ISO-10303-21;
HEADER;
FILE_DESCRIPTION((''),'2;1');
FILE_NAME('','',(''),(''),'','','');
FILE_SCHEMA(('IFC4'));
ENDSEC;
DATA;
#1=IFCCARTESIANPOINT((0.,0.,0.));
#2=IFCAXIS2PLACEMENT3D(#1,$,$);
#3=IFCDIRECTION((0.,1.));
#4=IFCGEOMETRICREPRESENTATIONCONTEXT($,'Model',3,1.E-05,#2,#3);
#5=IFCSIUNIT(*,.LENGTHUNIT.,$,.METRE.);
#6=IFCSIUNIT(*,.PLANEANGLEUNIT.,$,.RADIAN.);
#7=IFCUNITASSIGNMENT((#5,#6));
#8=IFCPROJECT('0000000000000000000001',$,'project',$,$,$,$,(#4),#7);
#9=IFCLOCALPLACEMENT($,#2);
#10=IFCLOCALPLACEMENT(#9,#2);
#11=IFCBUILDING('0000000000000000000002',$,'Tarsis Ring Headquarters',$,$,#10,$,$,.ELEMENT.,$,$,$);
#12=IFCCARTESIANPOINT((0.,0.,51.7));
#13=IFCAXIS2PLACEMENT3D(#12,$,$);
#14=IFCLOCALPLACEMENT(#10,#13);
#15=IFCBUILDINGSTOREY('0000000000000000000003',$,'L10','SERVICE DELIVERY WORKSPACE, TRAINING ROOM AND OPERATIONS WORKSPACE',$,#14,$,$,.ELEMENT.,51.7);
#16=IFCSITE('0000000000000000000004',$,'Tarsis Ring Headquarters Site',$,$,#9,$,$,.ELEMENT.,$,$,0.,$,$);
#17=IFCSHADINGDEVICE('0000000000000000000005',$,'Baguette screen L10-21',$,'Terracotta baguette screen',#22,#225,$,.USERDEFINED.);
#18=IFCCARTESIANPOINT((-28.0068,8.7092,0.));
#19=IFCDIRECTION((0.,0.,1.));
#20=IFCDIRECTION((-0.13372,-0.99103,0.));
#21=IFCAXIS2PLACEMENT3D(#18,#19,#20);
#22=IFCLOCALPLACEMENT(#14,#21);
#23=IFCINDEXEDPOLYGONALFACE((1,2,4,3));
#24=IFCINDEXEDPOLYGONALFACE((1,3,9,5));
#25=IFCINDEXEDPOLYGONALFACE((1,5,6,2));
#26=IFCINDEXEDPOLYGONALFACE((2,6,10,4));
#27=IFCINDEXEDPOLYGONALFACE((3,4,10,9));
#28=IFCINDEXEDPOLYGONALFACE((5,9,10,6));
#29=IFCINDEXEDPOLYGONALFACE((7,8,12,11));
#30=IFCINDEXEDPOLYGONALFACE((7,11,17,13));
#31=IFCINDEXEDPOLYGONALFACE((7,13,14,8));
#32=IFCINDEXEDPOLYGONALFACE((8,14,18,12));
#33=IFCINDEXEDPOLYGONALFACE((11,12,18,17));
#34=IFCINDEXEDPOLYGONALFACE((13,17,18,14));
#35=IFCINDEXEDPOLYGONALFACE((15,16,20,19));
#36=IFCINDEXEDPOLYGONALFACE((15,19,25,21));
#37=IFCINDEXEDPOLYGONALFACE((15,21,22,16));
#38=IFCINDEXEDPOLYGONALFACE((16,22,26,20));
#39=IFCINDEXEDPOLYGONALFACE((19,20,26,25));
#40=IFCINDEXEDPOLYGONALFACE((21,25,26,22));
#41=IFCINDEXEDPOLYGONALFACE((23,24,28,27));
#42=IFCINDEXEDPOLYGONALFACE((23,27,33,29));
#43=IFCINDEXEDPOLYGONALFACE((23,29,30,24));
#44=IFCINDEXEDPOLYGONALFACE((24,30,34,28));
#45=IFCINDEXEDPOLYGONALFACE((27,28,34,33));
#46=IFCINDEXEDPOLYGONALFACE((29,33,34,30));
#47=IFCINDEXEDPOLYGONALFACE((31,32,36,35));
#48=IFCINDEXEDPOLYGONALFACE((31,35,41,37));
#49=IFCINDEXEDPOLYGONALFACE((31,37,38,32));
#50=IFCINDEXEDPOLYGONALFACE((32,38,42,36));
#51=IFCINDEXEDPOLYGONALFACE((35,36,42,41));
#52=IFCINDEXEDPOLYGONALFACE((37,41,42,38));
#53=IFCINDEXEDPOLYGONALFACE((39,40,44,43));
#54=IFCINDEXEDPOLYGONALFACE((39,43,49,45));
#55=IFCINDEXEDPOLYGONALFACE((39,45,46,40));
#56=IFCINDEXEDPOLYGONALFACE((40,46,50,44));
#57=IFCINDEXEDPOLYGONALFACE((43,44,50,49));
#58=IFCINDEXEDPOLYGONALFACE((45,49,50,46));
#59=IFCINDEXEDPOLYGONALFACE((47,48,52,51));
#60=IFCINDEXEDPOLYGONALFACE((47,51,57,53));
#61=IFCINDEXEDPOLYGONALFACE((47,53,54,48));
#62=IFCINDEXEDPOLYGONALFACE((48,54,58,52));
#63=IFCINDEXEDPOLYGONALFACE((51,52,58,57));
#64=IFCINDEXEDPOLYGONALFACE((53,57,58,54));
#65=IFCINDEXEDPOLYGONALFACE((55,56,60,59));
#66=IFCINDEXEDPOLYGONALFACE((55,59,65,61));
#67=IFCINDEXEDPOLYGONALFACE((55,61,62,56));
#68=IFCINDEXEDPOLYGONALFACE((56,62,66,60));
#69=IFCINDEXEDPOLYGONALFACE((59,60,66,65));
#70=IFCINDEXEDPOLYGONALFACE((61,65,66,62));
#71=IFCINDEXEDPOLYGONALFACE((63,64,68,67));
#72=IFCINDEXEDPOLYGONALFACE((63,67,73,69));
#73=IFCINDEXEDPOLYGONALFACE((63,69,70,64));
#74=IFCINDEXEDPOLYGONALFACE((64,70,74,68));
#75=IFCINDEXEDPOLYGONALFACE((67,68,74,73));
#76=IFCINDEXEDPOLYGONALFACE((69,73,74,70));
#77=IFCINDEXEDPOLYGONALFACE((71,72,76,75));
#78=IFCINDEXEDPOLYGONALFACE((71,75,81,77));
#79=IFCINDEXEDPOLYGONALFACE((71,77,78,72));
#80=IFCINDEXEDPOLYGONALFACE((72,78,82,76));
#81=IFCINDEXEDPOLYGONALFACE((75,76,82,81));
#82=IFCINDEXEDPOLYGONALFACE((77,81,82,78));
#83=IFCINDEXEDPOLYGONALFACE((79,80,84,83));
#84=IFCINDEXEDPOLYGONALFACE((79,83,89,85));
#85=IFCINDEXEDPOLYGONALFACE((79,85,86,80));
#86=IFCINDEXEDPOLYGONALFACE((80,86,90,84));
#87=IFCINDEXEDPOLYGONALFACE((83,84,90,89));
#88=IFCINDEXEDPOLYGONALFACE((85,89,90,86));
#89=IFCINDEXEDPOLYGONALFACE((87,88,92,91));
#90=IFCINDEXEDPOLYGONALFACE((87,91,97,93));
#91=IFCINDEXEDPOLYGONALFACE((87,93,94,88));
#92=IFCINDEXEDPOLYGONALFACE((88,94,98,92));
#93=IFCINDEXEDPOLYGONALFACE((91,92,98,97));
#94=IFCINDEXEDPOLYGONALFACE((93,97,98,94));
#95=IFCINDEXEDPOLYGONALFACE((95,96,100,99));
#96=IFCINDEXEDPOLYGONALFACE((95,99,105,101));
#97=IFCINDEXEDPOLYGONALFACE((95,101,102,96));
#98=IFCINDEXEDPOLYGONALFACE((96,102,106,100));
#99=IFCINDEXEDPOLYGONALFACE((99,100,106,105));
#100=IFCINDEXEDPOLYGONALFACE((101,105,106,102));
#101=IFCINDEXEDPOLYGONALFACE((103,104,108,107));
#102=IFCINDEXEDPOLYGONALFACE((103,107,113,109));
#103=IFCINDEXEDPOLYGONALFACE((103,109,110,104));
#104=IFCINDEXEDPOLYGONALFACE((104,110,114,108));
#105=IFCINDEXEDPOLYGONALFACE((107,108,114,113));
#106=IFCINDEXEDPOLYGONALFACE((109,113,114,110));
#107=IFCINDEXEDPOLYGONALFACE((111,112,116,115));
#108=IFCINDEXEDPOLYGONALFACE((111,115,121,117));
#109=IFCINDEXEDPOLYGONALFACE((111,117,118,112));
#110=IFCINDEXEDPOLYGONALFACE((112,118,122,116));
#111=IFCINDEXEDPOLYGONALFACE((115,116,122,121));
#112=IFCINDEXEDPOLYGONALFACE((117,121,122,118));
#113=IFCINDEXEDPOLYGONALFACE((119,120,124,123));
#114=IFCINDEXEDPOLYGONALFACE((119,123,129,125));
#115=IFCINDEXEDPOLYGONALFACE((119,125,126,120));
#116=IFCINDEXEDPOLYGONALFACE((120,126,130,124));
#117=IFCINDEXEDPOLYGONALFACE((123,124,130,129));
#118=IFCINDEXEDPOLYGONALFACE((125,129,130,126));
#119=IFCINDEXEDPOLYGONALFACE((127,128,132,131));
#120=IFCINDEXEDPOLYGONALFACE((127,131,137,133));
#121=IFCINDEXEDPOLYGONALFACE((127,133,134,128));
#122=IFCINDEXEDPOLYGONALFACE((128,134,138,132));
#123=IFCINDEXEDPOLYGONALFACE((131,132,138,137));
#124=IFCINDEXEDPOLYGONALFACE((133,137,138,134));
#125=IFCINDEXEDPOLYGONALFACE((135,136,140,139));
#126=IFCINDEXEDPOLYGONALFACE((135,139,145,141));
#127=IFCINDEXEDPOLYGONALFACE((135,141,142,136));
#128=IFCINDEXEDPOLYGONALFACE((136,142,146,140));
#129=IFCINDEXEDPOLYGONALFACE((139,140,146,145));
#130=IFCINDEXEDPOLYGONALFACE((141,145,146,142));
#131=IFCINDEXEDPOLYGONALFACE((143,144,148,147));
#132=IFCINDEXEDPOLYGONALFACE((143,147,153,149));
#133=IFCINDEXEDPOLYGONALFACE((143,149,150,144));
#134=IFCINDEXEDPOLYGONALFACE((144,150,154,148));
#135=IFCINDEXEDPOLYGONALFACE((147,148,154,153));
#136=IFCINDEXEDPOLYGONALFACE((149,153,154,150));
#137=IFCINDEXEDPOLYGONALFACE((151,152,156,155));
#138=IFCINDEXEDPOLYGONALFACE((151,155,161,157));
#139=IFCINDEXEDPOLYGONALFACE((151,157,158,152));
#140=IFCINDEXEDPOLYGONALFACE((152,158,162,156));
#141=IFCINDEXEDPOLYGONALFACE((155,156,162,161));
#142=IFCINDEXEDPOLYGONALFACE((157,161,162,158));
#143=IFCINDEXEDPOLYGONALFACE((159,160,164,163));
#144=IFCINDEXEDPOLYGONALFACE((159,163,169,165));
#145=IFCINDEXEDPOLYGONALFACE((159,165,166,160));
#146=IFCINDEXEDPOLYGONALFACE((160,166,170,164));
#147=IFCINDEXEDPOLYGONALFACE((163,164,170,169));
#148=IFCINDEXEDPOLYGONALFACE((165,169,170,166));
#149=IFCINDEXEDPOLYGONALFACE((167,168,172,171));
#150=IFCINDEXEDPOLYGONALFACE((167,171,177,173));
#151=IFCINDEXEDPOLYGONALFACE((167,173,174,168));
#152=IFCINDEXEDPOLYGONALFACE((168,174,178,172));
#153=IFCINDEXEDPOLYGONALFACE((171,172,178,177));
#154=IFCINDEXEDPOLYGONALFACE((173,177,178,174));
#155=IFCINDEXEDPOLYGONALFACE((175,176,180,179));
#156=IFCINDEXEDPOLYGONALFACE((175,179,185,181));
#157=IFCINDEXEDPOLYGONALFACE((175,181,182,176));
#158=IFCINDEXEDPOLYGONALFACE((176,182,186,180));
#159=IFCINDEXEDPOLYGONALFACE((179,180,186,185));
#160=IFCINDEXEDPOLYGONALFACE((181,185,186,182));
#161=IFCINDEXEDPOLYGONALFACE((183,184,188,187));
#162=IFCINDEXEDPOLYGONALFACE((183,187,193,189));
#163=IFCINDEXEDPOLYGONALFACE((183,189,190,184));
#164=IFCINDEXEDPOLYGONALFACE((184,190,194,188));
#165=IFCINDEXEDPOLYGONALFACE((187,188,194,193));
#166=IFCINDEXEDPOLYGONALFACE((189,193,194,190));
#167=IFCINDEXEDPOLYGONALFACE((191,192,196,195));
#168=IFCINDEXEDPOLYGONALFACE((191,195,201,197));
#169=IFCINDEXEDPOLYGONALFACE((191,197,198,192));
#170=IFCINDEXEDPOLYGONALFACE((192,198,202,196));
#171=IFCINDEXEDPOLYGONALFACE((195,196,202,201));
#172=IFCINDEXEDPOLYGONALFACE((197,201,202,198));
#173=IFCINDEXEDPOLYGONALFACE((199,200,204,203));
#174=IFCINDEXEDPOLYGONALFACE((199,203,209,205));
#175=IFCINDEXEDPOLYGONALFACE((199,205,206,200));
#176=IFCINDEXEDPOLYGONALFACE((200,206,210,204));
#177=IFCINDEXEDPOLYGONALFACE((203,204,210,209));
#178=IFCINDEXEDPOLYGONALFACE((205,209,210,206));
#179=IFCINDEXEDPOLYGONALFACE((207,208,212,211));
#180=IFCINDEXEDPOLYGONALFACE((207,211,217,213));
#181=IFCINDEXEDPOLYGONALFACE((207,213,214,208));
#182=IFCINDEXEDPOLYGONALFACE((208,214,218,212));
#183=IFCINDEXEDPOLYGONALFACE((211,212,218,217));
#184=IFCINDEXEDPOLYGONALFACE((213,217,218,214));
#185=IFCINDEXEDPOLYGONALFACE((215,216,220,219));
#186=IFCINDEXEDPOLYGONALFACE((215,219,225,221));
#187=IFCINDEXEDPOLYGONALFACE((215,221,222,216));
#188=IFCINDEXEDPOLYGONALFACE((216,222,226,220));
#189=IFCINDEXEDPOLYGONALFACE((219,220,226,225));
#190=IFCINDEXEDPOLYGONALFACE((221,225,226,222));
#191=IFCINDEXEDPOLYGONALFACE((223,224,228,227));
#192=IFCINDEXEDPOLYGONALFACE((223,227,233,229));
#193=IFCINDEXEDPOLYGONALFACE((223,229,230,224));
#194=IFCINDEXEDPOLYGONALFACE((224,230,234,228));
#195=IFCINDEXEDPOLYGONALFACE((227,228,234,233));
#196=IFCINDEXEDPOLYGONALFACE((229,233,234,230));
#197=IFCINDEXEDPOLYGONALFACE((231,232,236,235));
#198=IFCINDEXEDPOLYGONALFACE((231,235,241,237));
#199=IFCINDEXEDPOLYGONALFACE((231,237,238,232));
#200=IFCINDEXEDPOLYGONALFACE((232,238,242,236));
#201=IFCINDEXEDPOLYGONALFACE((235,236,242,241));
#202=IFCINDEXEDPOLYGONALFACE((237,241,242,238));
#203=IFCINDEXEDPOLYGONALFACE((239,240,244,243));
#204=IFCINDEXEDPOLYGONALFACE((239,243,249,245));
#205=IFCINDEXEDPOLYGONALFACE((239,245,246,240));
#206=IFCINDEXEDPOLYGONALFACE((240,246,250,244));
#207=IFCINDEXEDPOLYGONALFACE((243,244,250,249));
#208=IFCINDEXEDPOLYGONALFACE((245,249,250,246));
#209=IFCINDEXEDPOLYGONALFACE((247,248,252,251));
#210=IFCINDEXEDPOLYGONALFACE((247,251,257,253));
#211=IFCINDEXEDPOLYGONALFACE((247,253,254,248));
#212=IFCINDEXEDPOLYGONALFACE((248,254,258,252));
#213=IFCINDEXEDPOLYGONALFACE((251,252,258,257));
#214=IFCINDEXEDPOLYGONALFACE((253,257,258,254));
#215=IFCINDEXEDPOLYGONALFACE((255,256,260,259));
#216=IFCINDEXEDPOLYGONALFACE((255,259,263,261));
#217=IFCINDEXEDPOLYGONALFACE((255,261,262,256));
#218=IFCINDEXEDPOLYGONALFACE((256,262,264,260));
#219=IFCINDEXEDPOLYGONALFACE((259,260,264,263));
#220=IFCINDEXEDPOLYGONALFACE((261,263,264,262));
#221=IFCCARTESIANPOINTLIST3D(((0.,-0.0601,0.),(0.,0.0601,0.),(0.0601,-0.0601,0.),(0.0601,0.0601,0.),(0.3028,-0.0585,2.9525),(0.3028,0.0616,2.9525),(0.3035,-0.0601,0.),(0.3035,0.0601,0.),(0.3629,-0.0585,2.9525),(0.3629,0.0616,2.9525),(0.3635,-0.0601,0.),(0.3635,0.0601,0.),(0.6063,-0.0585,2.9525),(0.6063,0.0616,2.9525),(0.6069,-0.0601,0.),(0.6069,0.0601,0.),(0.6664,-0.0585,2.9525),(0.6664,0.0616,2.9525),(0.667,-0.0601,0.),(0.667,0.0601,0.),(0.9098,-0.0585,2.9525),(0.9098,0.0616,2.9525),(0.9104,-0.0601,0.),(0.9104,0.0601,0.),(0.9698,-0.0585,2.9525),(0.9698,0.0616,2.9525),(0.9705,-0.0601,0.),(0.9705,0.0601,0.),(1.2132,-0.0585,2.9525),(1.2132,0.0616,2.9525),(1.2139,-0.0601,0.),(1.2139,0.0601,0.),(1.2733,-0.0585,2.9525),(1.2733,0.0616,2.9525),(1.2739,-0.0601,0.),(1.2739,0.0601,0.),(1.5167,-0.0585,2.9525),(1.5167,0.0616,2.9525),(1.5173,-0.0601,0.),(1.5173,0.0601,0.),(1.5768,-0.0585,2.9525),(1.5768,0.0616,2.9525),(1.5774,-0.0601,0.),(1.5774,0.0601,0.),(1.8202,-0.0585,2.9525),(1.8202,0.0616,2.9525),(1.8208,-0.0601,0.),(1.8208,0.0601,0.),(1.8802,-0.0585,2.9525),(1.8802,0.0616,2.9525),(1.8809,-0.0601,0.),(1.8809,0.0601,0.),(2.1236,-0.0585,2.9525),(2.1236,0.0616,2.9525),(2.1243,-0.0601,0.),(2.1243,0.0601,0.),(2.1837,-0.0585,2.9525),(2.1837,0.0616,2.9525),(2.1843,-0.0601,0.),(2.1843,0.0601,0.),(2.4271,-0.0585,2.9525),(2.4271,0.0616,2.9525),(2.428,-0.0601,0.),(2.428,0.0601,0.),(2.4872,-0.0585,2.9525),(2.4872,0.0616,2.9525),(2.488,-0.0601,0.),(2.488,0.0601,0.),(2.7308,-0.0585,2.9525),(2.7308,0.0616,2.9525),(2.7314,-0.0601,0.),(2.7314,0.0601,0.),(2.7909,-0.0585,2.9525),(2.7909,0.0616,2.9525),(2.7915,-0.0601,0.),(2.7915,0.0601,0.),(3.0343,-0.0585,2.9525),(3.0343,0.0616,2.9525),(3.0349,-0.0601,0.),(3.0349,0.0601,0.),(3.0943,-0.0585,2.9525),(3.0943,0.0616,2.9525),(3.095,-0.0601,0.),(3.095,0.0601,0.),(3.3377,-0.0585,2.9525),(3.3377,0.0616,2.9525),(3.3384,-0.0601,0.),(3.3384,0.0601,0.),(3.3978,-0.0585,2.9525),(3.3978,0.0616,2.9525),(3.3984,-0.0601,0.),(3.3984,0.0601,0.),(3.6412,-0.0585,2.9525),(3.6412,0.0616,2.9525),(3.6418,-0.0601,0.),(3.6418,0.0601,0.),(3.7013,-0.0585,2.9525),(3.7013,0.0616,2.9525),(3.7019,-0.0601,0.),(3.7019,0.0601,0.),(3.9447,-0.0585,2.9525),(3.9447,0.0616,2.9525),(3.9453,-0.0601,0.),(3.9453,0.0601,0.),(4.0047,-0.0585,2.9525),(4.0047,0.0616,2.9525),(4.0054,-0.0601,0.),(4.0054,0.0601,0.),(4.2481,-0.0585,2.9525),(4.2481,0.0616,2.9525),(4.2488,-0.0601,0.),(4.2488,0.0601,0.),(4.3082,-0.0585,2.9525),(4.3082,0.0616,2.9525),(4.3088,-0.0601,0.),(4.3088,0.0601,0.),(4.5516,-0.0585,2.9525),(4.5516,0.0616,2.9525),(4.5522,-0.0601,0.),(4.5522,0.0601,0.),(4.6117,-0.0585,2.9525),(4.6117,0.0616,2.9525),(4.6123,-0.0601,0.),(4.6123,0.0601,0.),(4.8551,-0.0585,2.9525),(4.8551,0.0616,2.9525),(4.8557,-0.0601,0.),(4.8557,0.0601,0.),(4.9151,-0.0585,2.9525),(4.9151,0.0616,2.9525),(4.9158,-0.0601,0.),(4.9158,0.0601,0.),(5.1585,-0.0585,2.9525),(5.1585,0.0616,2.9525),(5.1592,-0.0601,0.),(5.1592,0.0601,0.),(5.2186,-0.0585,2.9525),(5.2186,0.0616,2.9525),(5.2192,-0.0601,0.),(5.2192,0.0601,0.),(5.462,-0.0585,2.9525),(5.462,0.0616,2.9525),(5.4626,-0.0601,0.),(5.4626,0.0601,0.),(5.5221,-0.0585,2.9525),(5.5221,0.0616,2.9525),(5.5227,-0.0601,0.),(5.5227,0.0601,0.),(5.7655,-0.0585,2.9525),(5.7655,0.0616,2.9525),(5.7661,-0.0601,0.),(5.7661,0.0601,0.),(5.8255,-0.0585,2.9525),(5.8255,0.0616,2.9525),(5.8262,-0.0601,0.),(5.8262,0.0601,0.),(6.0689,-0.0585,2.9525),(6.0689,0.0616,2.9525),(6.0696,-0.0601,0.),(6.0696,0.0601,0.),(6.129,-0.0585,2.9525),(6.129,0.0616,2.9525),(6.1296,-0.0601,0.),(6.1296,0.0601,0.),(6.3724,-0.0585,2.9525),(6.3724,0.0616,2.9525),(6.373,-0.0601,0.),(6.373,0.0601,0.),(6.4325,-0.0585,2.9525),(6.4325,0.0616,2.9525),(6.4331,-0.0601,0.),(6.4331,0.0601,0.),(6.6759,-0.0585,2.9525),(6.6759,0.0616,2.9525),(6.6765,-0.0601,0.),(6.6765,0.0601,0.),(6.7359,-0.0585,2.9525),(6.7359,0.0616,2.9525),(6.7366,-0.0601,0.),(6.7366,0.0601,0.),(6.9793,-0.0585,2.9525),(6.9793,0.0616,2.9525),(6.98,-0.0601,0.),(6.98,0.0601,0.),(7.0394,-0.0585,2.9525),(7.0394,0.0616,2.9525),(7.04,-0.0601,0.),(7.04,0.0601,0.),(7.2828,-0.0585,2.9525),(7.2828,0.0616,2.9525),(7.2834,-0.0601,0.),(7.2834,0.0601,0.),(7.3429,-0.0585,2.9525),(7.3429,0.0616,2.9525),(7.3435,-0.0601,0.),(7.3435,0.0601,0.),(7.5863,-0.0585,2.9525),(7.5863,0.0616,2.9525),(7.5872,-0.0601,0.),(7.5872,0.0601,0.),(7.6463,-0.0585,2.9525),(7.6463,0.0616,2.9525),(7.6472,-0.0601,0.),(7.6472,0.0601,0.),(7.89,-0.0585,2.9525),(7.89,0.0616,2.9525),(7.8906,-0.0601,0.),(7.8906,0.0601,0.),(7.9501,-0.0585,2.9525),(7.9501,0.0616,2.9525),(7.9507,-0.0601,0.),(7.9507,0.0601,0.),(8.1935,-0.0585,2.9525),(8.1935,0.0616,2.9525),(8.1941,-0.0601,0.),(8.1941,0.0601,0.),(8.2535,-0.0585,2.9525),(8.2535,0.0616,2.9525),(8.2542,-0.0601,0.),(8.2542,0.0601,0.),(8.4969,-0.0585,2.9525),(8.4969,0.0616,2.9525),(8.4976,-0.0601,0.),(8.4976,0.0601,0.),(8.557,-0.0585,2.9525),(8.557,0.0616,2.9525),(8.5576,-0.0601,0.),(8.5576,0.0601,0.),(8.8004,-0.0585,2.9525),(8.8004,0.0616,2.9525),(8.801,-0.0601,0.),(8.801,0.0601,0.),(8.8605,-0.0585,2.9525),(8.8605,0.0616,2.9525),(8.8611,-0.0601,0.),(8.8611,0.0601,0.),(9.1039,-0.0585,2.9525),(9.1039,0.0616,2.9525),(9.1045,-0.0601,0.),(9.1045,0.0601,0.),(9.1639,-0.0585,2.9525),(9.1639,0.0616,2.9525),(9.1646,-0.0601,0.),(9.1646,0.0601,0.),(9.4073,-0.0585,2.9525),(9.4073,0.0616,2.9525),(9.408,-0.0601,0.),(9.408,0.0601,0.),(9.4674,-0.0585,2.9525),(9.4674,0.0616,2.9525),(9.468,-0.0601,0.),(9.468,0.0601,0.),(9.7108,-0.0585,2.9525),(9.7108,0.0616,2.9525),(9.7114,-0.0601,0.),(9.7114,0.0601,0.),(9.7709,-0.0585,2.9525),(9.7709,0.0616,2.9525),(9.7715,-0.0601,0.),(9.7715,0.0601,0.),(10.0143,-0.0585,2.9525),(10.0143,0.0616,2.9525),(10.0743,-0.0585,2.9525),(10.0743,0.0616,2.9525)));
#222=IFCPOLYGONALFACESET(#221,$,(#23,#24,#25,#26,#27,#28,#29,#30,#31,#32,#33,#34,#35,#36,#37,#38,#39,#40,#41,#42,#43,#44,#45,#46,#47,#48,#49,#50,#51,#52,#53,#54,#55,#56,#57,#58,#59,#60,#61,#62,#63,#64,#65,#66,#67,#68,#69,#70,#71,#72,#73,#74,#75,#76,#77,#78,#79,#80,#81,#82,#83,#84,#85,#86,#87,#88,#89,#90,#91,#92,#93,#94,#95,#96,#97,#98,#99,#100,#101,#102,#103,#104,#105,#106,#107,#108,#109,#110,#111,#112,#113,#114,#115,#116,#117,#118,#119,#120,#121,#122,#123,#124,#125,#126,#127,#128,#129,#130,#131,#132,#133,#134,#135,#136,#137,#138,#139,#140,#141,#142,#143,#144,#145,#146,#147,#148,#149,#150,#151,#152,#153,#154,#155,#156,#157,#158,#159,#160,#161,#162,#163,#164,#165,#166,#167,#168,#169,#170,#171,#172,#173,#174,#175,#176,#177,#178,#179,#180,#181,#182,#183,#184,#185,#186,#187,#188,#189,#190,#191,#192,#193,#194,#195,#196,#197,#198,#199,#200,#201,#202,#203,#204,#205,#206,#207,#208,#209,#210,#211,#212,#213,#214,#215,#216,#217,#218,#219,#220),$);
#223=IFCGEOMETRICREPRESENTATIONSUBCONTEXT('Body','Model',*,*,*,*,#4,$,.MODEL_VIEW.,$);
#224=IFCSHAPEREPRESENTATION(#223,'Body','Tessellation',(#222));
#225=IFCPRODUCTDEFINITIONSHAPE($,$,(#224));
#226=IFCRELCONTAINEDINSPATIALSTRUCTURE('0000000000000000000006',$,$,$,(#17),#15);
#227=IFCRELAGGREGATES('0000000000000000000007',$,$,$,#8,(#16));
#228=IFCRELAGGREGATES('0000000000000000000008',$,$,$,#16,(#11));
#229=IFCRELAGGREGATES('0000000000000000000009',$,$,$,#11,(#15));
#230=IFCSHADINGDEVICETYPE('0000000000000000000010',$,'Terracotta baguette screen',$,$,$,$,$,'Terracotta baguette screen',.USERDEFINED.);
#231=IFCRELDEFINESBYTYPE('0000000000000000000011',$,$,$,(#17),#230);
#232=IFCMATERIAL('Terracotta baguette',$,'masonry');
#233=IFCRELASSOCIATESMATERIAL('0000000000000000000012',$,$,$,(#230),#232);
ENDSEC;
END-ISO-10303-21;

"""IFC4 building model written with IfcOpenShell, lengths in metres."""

from ifc_helpers import new_model, si_unit, direction, frame, frame_2d, origin, place, context, subcontext, project, spatial, rectangle, composite_profile, extrude, material, type_object, element, save


model = new_model("IFC4")

# Units and contexts
model_context = context("Model", 3, precision=1e-05, world=origin(), true_north=direction((0.0, 1.0)))
body_context = subcontext(model_context, "Body", "Model", "MODEL_VIEW")
ifc_project = project(units=[si_unit("LENGTHUNIT", "METRE"), si_unit("PLANEANGLEUNIT", "RADIAN")], contexts=[model_context])

# Site, building, storey
site_placement = place(None, origin())
site = spatial("IfcSite", under=ifc_project, at=site_placement, Name="Tarsis Ring Headquarters Site", CompositionType="ELEMENT", RefElevation=0.0)
building_placement = place(site_placement, origin())
building = spatial("IfcBuilding", under=site, at=building_placement, Name="Tarsis Ring Headquarters", CompositionType="ELEMENT")
storey_placement = place(building_placement, frame((0.0, 0.0, 51.7)))
storey = spatial("IfcBuildingStorey", under=building, at=storey_placement, Name="L10", Description="SERVICE DELIVERY WORKSPACE, TRAINING ROOM AND OPERATIONS WORKSPACE", CompositionType="ELEMENT", Elevation=51.7)

# Shading device
ifc_material_1 = material(Name="Terracotta baguette", Category="masonry")
shading_device_type = type_object("IfcShadingDeviceType", Name="Terracotta baguette screen", ElementType="Terracotta baguette screen", PredefinedType="USERDEFINED", material=ifc_material_1)
shading_device_placement = place(storey_placement, frame((-28.0068, 8.7092, 0.0), z_axis=(0.0, 0.0, 1.0), x_axis=(-0.13372, -0.99103, 0.0)))
element("IfcShadingDevice", 1, at=shading_device_placement, inside=storey, type_object=shading_device_type, Name="Baguette screen L10-21", ObjectType="Terracotta baguette screen", PredefinedType="USERDEFINED", context=body_context, shape_type="SweptSolid", body=[
    extrude(composite_profile([rectangle(XDim=0.0601, YDim=0.1201, at=frame_2d((0.03, 0.0))), rectangle(XDim=0.0601, YDim=0.1201, at=frame_2d((0.3335, 0.0))), rectangle(XDim=0.0601, YDim=0.1201, at=frame_2d((0.637, 0.0))), rectangle(XDim=0.0601, YDim=0.1201, at=frame_2d((0.9404, 0.0))), rectangle(XDim=0.0601, YDim=0.1201, at=frame_2d((1.2439, 0.0))), rectangle(XDim=0.0601, YDim=0.1201, at=frame_2d((1.5474, 0.0))), rectangle(XDim=0.0601, YDim=0.1201, at=frame_2d((1.8508, 0.0))), rectangle(XDim=0.0601, YDim=0.1201, at=frame_2d((2.1543, 0.0))), rectangle(XDim=0.0601, YDim=0.1201, at=frame_2d((2.458, 0.0))), rectangle(XDim=0.0601, YDim=0.1201, at=frame_2d((2.7615, 0.0))), rectangle(XDim=0.0601, YDim=0.1201, at=frame_2d((3.0649, 0.0))), rectangle(XDim=0.0601, YDim=0.1201, at=frame_2d((3.3684, 0.0))), rectangle(XDim=0.0601, YDim=0.1201, at=frame_2d((3.6719, 0.0))), rectangle(XDim=0.0601, YDim=0.1201, at=frame_2d((3.9753, 0.0))), rectangle(XDim=0.0601, YDim=0.1201, at=frame_2d((4.2788, 0.0))), rectangle(XDim=0.0601, YDim=0.1201, at=frame_2d((4.5823, 0.0))), rectangle(XDim=0.0601, YDim=0.1201, at=frame_2d((4.8857, 0.0))), rectangle(XDim=0.0601, YDim=0.1201, at=frame_2d((5.1892, 0.0))), rectangle(XDim=0.0601, YDim=0.1201, at=frame_2d((5.4927, 0.0))), rectangle(XDim=0.0601, YDim=0.1201, at=frame_2d((5.7961, 0.0))), rectangle(XDim=0.0601, YDim=0.1201, at=frame_2d((6.0996, 0.0))), rectangle(XDim=0.0601, YDim=0.1201, at=frame_2d((6.4031, 0.0))), rectangle(XDim=0.0601, YDim=0.1201, at=frame_2d((6.7065, 0.0))), rectangle(XDim=0.0601, YDim=0.1201, at=frame_2d((7.01, 0.0))), rectangle(XDim=0.0601, YDim=0.1201, at=frame_2d((7.3135, 0.0))), rectangle(XDim=0.0601, YDim=0.1201, at=frame_2d((7.6172, 0.0))), rectangle(XDim=0.0601, YDim=0.1201, at=frame_2d((7.9207, 0.0))), rectangle(XDim=0.0601, YDim=0.1201, at=frame_2d((8.2241, 0.0))), rectangle(XDim=0.0601, YDim=0.1201, at=frame_2d((8.5276, 0.0))), rectangle(XDim=0.0601, YDim=0.1201, at=frame_2d((8.8311, 0.0))), rectangle(XDim=0.0601, YDim=0.1201, at=frame_2d((9.1345, 0.0))), rectangle(XDim=0.0601, YDim=0.1201, at=frame_2d((9.438, 0.0))), rectangle(XDim=0.0601, YDim=0.1201, at=frame_2d((9.7415, 0.0)))]), origin(), (0.102032, 0.000534, 0.994781), 2.968),
])

save(model, "model.ifc")
